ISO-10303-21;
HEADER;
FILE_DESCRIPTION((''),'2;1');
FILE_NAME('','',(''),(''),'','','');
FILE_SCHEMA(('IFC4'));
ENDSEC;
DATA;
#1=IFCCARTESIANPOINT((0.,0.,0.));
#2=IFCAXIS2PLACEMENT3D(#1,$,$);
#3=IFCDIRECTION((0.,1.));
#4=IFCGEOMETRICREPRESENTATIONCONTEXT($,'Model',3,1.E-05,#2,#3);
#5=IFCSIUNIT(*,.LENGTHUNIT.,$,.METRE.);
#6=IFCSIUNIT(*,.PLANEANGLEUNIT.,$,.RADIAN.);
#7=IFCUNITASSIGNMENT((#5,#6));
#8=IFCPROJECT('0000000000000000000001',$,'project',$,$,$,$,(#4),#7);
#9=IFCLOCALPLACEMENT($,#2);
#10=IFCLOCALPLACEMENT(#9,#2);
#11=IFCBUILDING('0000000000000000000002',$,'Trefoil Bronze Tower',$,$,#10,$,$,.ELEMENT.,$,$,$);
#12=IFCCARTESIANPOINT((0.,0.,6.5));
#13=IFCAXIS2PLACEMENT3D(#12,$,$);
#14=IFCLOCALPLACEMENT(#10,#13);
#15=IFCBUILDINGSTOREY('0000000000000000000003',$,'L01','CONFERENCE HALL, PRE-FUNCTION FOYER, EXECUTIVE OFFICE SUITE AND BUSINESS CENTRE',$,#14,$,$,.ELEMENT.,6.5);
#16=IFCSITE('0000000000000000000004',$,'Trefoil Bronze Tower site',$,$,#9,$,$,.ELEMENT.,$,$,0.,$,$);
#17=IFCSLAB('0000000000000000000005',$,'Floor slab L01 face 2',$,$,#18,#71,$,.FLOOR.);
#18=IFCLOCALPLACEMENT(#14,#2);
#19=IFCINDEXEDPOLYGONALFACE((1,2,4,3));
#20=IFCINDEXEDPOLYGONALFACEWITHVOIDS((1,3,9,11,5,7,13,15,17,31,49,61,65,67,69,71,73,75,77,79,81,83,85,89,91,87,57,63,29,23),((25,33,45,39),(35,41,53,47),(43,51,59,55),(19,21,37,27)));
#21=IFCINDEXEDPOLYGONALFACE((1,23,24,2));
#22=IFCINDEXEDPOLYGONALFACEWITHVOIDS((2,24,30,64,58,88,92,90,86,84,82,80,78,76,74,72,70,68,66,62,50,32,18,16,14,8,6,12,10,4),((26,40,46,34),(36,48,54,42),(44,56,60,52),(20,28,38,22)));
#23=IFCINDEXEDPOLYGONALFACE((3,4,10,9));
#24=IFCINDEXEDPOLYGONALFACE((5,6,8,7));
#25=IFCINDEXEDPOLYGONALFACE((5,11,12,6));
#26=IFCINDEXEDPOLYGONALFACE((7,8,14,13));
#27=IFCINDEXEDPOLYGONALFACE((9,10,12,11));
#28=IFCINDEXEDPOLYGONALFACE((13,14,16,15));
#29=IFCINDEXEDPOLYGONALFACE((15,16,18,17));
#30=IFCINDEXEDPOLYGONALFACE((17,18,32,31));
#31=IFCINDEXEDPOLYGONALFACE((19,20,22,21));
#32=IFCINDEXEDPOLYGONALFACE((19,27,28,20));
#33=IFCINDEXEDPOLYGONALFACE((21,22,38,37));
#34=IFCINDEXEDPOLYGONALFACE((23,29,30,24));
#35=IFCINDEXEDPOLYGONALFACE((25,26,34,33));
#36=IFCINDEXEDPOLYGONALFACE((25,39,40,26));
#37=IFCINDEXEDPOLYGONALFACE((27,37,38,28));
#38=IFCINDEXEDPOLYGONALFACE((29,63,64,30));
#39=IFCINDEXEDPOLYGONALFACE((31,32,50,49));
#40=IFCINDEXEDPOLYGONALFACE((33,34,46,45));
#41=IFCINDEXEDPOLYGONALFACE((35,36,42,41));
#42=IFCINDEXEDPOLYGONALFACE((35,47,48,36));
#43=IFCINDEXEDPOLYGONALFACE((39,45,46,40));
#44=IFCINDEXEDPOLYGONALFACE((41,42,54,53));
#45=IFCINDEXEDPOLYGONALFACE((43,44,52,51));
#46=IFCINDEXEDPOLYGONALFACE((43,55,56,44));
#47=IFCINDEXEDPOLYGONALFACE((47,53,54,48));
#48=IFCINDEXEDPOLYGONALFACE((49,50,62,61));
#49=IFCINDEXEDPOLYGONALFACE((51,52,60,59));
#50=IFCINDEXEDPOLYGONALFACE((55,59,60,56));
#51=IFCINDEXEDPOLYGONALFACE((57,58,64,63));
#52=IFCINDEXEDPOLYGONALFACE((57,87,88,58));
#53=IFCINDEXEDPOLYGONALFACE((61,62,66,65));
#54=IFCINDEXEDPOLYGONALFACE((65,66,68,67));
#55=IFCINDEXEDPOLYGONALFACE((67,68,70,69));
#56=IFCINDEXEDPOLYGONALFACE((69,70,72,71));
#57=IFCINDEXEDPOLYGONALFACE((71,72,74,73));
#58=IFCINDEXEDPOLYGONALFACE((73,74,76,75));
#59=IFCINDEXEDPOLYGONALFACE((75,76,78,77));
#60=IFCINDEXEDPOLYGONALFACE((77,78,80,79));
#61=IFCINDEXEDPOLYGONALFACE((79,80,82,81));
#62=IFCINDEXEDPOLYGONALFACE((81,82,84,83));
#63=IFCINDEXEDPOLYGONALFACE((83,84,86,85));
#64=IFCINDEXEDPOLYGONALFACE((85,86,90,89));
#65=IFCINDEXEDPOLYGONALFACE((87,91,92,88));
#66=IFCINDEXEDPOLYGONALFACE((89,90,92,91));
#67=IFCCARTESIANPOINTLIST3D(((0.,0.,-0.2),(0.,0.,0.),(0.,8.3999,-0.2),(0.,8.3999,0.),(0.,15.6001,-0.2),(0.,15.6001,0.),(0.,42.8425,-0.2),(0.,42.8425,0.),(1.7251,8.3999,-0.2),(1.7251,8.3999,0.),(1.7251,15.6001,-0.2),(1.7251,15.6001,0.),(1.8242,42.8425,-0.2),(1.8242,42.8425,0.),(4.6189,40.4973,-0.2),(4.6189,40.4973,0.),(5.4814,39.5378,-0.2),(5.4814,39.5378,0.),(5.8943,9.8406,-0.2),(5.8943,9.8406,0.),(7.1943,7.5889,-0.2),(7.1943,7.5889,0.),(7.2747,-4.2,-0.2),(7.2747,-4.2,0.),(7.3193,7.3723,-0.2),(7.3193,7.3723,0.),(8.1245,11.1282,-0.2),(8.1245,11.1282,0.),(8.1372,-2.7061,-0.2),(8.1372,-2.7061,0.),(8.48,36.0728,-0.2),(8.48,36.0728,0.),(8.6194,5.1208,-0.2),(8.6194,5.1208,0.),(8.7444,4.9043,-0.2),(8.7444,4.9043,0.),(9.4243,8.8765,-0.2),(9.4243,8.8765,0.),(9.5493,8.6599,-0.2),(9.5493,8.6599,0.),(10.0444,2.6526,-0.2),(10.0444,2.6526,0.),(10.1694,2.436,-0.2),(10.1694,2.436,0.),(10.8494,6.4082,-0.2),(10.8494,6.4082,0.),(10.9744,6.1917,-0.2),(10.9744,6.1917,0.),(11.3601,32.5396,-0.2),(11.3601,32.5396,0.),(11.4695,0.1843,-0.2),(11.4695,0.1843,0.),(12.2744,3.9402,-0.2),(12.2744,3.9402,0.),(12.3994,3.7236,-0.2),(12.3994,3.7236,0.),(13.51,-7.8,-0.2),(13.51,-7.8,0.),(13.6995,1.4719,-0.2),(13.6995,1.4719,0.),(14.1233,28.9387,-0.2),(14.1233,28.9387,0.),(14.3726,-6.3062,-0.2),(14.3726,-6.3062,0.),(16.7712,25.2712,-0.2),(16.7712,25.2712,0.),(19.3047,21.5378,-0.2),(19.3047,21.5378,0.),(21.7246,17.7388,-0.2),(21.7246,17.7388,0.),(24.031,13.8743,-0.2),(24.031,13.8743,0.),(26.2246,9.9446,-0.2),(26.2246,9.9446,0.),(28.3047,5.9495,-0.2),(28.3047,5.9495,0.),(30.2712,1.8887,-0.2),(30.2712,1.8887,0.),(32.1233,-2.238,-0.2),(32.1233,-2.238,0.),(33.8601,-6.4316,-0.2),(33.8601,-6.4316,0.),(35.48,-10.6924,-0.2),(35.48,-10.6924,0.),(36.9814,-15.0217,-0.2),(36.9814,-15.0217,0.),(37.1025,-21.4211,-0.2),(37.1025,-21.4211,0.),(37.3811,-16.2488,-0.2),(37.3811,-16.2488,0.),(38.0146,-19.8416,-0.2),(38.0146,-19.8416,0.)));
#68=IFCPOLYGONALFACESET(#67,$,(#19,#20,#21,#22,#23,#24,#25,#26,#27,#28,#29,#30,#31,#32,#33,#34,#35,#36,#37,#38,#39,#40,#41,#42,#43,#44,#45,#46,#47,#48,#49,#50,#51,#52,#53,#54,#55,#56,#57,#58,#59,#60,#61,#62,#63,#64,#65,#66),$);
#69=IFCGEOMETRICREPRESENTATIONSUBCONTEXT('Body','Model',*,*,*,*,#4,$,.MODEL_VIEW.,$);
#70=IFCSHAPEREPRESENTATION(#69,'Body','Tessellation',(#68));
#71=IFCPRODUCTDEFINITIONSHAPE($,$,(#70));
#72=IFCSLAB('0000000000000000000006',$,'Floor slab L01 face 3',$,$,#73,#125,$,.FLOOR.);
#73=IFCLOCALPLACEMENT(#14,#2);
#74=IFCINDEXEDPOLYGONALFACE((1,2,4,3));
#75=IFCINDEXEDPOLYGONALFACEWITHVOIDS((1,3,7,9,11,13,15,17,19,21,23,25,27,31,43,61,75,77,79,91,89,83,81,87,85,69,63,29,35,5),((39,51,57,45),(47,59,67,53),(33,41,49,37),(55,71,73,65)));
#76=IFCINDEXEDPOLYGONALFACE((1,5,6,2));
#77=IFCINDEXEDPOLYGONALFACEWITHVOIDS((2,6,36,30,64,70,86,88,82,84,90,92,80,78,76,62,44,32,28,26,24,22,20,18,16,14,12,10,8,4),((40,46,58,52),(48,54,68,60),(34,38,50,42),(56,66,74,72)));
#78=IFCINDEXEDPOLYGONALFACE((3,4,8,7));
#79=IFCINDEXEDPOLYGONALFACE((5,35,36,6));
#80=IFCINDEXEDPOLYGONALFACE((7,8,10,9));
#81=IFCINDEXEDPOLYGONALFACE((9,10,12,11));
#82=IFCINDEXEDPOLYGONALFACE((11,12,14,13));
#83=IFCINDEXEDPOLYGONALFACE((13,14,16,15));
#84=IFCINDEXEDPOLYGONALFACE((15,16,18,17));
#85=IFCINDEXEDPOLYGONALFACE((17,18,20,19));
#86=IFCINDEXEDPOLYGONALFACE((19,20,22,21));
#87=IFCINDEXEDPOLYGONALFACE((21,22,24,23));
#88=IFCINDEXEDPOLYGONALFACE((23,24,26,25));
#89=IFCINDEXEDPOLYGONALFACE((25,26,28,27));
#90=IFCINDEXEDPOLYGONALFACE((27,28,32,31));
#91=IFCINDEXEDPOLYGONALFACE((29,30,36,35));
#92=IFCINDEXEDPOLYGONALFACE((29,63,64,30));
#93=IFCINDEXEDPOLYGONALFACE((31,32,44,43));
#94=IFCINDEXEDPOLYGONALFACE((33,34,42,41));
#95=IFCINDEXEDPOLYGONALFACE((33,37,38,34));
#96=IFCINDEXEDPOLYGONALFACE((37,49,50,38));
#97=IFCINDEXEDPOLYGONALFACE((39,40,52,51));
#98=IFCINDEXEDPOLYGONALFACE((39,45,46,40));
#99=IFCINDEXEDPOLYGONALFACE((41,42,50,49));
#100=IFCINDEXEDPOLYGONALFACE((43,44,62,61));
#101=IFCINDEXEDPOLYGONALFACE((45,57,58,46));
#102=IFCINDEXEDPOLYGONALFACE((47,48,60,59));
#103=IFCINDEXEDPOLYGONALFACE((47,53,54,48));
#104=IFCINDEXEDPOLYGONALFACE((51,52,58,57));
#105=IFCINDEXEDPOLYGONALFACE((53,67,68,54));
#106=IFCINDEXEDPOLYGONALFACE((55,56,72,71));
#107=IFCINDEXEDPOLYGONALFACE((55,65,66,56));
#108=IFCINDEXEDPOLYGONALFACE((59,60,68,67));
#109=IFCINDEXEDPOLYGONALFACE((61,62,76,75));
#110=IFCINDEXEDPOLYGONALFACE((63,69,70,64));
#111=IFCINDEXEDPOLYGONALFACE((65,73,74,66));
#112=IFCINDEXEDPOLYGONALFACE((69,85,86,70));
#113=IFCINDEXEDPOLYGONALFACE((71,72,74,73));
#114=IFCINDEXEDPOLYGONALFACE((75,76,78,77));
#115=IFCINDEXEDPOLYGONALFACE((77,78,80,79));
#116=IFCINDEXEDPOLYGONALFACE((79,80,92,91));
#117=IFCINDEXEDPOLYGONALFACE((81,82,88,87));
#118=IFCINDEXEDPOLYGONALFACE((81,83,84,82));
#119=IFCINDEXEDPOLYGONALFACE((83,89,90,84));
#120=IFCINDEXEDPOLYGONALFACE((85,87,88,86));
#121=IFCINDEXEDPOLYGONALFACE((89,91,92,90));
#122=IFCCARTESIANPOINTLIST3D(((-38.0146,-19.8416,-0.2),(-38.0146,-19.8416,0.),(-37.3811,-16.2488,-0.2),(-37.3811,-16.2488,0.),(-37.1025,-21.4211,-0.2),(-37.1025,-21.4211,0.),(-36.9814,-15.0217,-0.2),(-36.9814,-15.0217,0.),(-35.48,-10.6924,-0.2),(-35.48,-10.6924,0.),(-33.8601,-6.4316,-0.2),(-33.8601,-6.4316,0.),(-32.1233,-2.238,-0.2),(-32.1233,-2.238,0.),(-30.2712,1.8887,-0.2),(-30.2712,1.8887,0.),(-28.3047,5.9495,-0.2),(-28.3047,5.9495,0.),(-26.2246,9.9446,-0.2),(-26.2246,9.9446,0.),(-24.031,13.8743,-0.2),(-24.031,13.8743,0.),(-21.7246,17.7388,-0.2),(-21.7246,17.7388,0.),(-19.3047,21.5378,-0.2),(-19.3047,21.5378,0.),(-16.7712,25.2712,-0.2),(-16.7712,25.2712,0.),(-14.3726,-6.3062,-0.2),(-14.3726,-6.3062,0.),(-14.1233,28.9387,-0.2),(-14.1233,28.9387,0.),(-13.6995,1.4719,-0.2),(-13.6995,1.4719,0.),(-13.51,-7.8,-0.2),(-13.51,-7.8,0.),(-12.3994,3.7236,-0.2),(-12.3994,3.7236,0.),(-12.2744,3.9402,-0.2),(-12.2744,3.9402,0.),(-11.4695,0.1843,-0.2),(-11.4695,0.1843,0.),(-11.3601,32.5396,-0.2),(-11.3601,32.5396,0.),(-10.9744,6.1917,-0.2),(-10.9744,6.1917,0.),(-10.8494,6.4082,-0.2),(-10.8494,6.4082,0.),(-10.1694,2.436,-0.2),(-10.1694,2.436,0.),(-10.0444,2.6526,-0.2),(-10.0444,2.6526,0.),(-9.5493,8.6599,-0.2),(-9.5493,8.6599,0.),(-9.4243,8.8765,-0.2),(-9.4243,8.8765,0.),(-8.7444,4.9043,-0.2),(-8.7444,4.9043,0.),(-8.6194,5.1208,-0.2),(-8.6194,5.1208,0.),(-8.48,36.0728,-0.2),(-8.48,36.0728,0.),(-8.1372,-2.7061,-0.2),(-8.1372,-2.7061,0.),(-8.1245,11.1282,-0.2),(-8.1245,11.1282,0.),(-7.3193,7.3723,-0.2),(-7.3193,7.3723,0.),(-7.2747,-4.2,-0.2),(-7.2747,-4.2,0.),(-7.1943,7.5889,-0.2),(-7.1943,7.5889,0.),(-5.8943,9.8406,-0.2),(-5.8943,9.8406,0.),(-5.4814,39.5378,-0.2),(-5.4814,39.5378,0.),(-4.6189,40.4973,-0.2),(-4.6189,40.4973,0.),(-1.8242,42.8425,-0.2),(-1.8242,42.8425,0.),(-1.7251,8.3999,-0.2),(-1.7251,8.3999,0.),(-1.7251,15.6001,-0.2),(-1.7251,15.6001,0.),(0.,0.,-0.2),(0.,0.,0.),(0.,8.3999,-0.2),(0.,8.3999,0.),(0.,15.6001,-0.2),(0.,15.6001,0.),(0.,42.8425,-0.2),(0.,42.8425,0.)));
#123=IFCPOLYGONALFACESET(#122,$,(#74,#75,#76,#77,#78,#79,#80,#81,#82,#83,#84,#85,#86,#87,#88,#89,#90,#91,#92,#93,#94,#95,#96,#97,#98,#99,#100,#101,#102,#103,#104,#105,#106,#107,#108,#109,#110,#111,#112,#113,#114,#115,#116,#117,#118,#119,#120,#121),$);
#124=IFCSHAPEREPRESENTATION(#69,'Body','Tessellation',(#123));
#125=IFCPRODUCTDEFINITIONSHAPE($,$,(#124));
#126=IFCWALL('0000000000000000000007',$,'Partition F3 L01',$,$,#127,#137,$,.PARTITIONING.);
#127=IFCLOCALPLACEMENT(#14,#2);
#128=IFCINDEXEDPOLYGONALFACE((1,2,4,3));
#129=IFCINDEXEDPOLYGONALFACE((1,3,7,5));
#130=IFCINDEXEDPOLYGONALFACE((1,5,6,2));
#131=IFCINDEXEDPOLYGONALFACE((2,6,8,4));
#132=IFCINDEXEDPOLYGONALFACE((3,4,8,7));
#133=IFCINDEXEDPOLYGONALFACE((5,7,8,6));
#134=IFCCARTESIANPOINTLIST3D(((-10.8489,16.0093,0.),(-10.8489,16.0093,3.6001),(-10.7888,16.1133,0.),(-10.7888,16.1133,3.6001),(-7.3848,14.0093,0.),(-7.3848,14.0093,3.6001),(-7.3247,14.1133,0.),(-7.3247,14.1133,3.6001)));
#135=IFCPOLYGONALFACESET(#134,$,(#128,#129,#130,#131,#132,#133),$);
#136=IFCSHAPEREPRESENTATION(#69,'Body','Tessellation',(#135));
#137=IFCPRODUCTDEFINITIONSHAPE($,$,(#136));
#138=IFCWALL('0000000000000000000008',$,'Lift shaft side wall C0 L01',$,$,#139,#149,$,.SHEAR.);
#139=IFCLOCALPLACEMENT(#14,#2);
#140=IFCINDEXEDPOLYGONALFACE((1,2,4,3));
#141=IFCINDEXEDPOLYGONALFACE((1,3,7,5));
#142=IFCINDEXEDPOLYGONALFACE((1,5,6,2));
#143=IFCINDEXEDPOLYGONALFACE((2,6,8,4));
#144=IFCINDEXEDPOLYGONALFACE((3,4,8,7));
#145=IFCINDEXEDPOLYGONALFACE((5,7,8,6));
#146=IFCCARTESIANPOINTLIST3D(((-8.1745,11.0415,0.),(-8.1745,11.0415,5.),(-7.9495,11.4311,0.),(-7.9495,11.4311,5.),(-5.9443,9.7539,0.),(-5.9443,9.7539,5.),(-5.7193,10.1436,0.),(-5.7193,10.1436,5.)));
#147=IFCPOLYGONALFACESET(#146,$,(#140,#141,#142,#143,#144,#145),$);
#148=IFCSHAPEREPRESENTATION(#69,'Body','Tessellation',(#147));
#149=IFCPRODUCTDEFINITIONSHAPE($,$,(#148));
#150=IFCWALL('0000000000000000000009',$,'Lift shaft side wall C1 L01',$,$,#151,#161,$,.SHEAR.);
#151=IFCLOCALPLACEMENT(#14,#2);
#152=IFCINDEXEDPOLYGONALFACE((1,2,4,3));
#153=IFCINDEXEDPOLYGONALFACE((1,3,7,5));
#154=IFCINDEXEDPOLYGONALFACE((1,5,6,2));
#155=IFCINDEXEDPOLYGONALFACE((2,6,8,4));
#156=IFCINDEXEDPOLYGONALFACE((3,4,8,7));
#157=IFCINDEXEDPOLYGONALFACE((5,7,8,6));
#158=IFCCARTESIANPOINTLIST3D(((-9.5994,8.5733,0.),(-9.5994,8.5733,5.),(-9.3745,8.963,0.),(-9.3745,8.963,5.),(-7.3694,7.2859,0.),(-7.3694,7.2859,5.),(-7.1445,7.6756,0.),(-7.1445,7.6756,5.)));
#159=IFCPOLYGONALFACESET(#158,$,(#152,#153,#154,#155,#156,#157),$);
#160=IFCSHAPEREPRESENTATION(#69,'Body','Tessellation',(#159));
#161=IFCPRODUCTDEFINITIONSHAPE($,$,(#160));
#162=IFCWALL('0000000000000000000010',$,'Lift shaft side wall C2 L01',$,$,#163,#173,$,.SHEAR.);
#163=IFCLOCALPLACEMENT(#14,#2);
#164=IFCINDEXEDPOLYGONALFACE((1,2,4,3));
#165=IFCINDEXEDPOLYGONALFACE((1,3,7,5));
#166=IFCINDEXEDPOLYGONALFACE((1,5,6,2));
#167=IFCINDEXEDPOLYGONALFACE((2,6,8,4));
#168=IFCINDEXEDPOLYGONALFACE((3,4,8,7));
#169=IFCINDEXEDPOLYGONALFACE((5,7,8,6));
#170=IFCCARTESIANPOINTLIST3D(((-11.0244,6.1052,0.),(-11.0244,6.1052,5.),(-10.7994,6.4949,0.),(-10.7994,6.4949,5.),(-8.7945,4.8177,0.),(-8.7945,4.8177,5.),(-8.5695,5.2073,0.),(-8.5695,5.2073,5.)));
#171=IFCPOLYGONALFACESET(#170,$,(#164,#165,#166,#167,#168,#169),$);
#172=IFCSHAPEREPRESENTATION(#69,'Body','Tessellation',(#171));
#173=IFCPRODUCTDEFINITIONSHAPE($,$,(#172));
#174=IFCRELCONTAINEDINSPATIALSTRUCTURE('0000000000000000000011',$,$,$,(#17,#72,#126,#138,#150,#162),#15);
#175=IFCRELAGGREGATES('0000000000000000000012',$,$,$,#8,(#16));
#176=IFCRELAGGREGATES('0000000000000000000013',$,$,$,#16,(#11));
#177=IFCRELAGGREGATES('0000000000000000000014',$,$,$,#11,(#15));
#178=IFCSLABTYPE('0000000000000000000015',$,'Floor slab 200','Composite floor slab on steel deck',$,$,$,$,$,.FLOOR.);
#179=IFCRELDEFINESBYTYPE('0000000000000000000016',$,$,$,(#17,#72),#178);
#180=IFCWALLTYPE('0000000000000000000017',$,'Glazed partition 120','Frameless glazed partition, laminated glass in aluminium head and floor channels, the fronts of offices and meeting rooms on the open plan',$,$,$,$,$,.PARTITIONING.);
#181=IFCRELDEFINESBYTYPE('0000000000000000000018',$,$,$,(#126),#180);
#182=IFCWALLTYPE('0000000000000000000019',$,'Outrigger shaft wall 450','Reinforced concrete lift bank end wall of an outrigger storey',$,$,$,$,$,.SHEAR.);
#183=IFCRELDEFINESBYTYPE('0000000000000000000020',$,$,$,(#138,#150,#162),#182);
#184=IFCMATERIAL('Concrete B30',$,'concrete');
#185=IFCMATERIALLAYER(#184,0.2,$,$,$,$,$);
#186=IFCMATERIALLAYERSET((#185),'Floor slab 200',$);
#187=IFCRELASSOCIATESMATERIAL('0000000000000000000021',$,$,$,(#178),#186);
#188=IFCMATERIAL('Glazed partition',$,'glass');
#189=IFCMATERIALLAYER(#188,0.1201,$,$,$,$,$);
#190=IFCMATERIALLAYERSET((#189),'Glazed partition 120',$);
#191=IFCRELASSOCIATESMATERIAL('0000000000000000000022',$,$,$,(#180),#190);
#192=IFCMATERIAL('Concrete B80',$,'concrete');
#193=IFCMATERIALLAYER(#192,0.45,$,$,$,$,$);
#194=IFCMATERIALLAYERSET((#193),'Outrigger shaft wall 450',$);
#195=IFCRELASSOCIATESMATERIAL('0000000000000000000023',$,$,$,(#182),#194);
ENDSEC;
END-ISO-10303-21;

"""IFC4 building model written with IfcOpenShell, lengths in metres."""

from ifc_helpers import new_model, si_unit, direction, frame, frame_2d, origin, place, context, subcontext, project, spatial, polyline, rectangle, outline, extrude, material, layer, layer_set, type_object, element, save


model = new_model("IFC4")

# Units and contexts
model_context = context("Model", 3, precision=1e-05, world=origin(), true_north=direction((0.0, 1.0)))
body_context = subcontext(model_context, "Body", "Model", "MODEL_VIEW")
ifc_project = project(units=[si_unit("LENGTHUNIT", "METRE"), si_unit("PLANEANGLEUNIT", "RADIAN")], contexts=[model_context])

# Site, building, storey
site_placement = place(None, origin())
site = spatial("IfcSite", under=ifc_project, at=site_placement, Name="Trefoil Bronze Tower site", CompositionType="ELEMENT", RefElevation=0.0)
building_placement = place(site_placement, origin())
building = spatial("IfcBuilding", under=site, at=building_placement, Name="Trefoil Bronze Tower", CompositionType="ELEMENT")
storey_placement = place(building_placement, frame((0.0, 0.0, 6.5)))
storey = spatial("IfcBuildingStorey", under=building, at=storey_placement, Name="L01", Description="CONFERENCE HALL, PRE-FUNCTION FOYER, EXECUTIVE OFFICE SUITE AND BUSINESS CENTRE", CompositionType="ELEMENT", Elevation=6.5)

# Slabs
ifc_material_1 = material(Name="Concrete B30", Category="concrete")
ifc_layer_1 = layer(ifc_material_1, 0.2)
ifc_layer_set_1 = layer_set([ifc_layer_1], Name="Floor slab 200")
slab_type = type_object("IfcSlabType", Name="Floor slab 200", Description="Composite floor slab on steel deck", PredefinedType="FLOOR", material=ifc_layer_set_1)
slab_1_placement = place(storey_placement, frame((0.0, 0.0, -0.2)))
element("IfcSlab", 1, at=slab_1_placement, inside=storey, type_object=slab_type, Name="Floor slab L01 face 2", PredefinedType="FLOOR", context=body_context, shape_type="SweptSolid", body=[
    extrude(outline(polyline([(8.48, 36.0728), (11.3601, 32.5396), (14.1233, 28.9387), (16.7712, 25.2712), (19.3047, 21.5378), (21.7246, 17.7388), (24.031, 13.8743), (26.2246, 9.9446), (28.3047, 5.9495), (30.2712, 1.8887), (32.1233, -2.238), (33.8601, -6.4316), (35.48, -10.6924), (36.9814, -15.0217), (37.3811, -16.2488), (38.0146, -19.8416), (37.1025, -21.4211), (13.51, -7.8), (14.3726, -6.3062), (8.1372, -2.7061), (7.2747, -4.2), (0.0, 0.0), (0.0, 8.3999), (1.7251, 8.3999), (1.7251, 15.6001), (0.0, 15.6001), (0.0, 42.8425), (1.8242, 42.8425), (4.6189, 40.4973), (5.4814, 39.5378), (8.48, 36.0728)]), holes=[polyline([(11.4695, 0.1843), (10.1694, 2.436), (12.3994, 3.7236), (13.6995, 1.4719), (11.4695, 0.1843)]), polyline([(10.0444, 2.6526), (8.7444, 4.9043), (10.9744, 6.1917), (12.2744, 3.9402), (10.0444, 2.6526)]), polyline([(8.6194, 5.1208), (7.3193, 7.3723), (9.5493, 8.6599), (10.8494, 6.4082), (8.6194, 5.1208)]), polyline([(7.1943, 7.5889), (5.8943, 9.8406), (8.1245, 11.1282), (9.4243, 8.8765), (7.1943, 7.5889)])]), origin(), (0.0, 0.0, 1.0), 0.2),
])
slab_2_placement = place(storey_placement, frame((0.0, 0.0, -0.2)))
element("IfcSlab", 2, at=slab_2_placement, inside=storey, type_object=slab_type, Name="Floor slab L01 face 3", PredefinedType="FLOOR", context=body_context, shape_type="SweptSolid", body=[
    extrude(outline(polyline([(-35.48, -10.6924), (-33.8601, -6.4316), (-32.1233, -2.238), (-30.2712, 1.8887), (-28.3047, 5.9495), (-26.2246, 9.9446), (-24.031, 13.8743), (-21.7246, 17.7388), (-19.3047, 21.5378), (-16.7712, 25.2712), (-14.1233, 28.9387), (-11.3601, 32.5396), (-8.48, 36.0728), (-5.4814, 39.5378), (-4.6189, 40.4973), (-1.8242, 42.8425), (0.0, 42.8425), (0.0, 15.6001), (-1.7251, 15.6001), (-1.7251, 8.3999), (0.0, 8.3999), (0.0, 0.0), (-7.2747, -4.2), (-8.1372, -2.7061), (-14.3726, -6.3062), (-13.51, -7.8), (-37.1025, -21.4211), (-38.0146, -19.8416), (-37.3811, -16.2488), (-36.9814, -15.0217), (-35.48, -10.6924)]), holes=[polyline([(-5.8943, 9.8406), (-7.1943, 7.5889), (-9.4243, 8.8765), (-8.1245, 11.1282), (-5.8943, 9.8406)]), polyline([(-7.3193, 7.3723), (-8.6194, 5.1208), (-10.8494, 6.4082), (-9.5493, 8.6599), (-7.3193, 7.3723)]), polyline([(-8.7444, 4.9043), (-10.0444, 2.6526), (-12.2744, 3.9402), (-10.9744, 6.1917), (-8.7444, 4.9043)]), polyline([(-10.1694, 2.436), (-11.4695, 0.1843), (-13.6995, 1.4719), (-12.3994, 3.7236), (-10.1694, 2.436)])]), origin(), (0.0, 0.0, 1.0), 0.2),
])

# Walls
ifc_material_2 = material(Name="Glazed partition", Category="glass")
ifc_layer_2 = layer(ifc_material_2, 0.1201)
ifc_layer_set_2 = layer_set([ifc_layer_2], Name="Glazed partition 120")
wall_type_1 = type_object("IfcWallType", Name="Glazed partition 120", Description="Frameless glazed partition, laminated glass in aluminium head and floor channels, the fronts of offices and meeting rooms on the open plan", PredefinedType="PARTITIONING", material=ifc_layer_set_2)
wall_1_placement = place(storey_placement, frame((-7.3547, 14.0613, 0.0), z_axis=(0.0, 0.0, 1.0), x_axis=(-0.866026, 0.499999, 0.0)))
element("IfcWall", 3, at=wall_1_placement, inside=storey, type_object=wall_type_1, Name="Partition F3 L01", PredefinedType="PARTITIONING", context=body_context, shape_type="SweptSolid", body=[
    extrude(rectangle(XDim=4.0, YDim=0.1201, at=frame_2d((2.0, 0.0))), origin(), (0.0, 0.0, 1.0), 3.6001),
])
ifc_material_3 = material(Name="Concrete B80", Category="concrete")
ifc_layer_3 = layer(ifc_material_3, 0.45)
ifc_layer_set_3 = layer_set([ifc_layer_3], Name="Outrigger shaft wall 450")
wall_type_2 = type_object("IfcWallType", Name="Outrigger shaft wall 450", Description="Reinforced concrete lift bank end wall of an outrigger storey", PredefinedType="SHEAR", material=ifc_layer_set_3)
wall_2_placement = place(storey_placement, frame((-5.8318, 9.9487, 0.0), z_axis=(0.0, 0.0, 1.0), x_axis=(-0.866029, 0.499993, 0.0)))
element("IfcWall", 4, at=wall_2_placement, inside=storey, type_object=wall_type_2, Name="Lift shaft side wall C0 L01", PredefinedType="SHEAR", context=body_context, shape_type="SweptSolid", body=[
    extrude(rectangle(XDim=2.5752, YDim=0.45, at=frame_2d((1.2876, 0.0))), origin(), (0.0, 0.0, 1.0), 5.0),
])
for number, where, z_axis, x_axis, name in (
    (5, (-7.2568, 7.4807, 0.0), (0.0, 0.0, 1.0), (-0.866047, 0.499963, 0.0), "Lift shaft side wall C1 L01"),
    (6, (-8.6819, 5.0125, 0.0), (0.0, 0.0, 1.0), (-0.866006, 0.500034, 0.0), "Lift shaft side wall C2 L01"),
):
    element("IfcWall", number, at=place(storey_placement, frame(where, z_axis=z_axis, x_axis=x_axis)), inside=storey, type_object=wall_type_2, Name=name, PredefinedType="SHEAR", context=body_context, shape_type="SweptSolid", body=[
        extrude(rectangle(XDim=2.575, YDim=0.45, at=frame_2d((1.2876, 0.0))), origin(), (0.0, 0.0, 1.0), 5.0),
    ])

save(model, "model.ifc")
